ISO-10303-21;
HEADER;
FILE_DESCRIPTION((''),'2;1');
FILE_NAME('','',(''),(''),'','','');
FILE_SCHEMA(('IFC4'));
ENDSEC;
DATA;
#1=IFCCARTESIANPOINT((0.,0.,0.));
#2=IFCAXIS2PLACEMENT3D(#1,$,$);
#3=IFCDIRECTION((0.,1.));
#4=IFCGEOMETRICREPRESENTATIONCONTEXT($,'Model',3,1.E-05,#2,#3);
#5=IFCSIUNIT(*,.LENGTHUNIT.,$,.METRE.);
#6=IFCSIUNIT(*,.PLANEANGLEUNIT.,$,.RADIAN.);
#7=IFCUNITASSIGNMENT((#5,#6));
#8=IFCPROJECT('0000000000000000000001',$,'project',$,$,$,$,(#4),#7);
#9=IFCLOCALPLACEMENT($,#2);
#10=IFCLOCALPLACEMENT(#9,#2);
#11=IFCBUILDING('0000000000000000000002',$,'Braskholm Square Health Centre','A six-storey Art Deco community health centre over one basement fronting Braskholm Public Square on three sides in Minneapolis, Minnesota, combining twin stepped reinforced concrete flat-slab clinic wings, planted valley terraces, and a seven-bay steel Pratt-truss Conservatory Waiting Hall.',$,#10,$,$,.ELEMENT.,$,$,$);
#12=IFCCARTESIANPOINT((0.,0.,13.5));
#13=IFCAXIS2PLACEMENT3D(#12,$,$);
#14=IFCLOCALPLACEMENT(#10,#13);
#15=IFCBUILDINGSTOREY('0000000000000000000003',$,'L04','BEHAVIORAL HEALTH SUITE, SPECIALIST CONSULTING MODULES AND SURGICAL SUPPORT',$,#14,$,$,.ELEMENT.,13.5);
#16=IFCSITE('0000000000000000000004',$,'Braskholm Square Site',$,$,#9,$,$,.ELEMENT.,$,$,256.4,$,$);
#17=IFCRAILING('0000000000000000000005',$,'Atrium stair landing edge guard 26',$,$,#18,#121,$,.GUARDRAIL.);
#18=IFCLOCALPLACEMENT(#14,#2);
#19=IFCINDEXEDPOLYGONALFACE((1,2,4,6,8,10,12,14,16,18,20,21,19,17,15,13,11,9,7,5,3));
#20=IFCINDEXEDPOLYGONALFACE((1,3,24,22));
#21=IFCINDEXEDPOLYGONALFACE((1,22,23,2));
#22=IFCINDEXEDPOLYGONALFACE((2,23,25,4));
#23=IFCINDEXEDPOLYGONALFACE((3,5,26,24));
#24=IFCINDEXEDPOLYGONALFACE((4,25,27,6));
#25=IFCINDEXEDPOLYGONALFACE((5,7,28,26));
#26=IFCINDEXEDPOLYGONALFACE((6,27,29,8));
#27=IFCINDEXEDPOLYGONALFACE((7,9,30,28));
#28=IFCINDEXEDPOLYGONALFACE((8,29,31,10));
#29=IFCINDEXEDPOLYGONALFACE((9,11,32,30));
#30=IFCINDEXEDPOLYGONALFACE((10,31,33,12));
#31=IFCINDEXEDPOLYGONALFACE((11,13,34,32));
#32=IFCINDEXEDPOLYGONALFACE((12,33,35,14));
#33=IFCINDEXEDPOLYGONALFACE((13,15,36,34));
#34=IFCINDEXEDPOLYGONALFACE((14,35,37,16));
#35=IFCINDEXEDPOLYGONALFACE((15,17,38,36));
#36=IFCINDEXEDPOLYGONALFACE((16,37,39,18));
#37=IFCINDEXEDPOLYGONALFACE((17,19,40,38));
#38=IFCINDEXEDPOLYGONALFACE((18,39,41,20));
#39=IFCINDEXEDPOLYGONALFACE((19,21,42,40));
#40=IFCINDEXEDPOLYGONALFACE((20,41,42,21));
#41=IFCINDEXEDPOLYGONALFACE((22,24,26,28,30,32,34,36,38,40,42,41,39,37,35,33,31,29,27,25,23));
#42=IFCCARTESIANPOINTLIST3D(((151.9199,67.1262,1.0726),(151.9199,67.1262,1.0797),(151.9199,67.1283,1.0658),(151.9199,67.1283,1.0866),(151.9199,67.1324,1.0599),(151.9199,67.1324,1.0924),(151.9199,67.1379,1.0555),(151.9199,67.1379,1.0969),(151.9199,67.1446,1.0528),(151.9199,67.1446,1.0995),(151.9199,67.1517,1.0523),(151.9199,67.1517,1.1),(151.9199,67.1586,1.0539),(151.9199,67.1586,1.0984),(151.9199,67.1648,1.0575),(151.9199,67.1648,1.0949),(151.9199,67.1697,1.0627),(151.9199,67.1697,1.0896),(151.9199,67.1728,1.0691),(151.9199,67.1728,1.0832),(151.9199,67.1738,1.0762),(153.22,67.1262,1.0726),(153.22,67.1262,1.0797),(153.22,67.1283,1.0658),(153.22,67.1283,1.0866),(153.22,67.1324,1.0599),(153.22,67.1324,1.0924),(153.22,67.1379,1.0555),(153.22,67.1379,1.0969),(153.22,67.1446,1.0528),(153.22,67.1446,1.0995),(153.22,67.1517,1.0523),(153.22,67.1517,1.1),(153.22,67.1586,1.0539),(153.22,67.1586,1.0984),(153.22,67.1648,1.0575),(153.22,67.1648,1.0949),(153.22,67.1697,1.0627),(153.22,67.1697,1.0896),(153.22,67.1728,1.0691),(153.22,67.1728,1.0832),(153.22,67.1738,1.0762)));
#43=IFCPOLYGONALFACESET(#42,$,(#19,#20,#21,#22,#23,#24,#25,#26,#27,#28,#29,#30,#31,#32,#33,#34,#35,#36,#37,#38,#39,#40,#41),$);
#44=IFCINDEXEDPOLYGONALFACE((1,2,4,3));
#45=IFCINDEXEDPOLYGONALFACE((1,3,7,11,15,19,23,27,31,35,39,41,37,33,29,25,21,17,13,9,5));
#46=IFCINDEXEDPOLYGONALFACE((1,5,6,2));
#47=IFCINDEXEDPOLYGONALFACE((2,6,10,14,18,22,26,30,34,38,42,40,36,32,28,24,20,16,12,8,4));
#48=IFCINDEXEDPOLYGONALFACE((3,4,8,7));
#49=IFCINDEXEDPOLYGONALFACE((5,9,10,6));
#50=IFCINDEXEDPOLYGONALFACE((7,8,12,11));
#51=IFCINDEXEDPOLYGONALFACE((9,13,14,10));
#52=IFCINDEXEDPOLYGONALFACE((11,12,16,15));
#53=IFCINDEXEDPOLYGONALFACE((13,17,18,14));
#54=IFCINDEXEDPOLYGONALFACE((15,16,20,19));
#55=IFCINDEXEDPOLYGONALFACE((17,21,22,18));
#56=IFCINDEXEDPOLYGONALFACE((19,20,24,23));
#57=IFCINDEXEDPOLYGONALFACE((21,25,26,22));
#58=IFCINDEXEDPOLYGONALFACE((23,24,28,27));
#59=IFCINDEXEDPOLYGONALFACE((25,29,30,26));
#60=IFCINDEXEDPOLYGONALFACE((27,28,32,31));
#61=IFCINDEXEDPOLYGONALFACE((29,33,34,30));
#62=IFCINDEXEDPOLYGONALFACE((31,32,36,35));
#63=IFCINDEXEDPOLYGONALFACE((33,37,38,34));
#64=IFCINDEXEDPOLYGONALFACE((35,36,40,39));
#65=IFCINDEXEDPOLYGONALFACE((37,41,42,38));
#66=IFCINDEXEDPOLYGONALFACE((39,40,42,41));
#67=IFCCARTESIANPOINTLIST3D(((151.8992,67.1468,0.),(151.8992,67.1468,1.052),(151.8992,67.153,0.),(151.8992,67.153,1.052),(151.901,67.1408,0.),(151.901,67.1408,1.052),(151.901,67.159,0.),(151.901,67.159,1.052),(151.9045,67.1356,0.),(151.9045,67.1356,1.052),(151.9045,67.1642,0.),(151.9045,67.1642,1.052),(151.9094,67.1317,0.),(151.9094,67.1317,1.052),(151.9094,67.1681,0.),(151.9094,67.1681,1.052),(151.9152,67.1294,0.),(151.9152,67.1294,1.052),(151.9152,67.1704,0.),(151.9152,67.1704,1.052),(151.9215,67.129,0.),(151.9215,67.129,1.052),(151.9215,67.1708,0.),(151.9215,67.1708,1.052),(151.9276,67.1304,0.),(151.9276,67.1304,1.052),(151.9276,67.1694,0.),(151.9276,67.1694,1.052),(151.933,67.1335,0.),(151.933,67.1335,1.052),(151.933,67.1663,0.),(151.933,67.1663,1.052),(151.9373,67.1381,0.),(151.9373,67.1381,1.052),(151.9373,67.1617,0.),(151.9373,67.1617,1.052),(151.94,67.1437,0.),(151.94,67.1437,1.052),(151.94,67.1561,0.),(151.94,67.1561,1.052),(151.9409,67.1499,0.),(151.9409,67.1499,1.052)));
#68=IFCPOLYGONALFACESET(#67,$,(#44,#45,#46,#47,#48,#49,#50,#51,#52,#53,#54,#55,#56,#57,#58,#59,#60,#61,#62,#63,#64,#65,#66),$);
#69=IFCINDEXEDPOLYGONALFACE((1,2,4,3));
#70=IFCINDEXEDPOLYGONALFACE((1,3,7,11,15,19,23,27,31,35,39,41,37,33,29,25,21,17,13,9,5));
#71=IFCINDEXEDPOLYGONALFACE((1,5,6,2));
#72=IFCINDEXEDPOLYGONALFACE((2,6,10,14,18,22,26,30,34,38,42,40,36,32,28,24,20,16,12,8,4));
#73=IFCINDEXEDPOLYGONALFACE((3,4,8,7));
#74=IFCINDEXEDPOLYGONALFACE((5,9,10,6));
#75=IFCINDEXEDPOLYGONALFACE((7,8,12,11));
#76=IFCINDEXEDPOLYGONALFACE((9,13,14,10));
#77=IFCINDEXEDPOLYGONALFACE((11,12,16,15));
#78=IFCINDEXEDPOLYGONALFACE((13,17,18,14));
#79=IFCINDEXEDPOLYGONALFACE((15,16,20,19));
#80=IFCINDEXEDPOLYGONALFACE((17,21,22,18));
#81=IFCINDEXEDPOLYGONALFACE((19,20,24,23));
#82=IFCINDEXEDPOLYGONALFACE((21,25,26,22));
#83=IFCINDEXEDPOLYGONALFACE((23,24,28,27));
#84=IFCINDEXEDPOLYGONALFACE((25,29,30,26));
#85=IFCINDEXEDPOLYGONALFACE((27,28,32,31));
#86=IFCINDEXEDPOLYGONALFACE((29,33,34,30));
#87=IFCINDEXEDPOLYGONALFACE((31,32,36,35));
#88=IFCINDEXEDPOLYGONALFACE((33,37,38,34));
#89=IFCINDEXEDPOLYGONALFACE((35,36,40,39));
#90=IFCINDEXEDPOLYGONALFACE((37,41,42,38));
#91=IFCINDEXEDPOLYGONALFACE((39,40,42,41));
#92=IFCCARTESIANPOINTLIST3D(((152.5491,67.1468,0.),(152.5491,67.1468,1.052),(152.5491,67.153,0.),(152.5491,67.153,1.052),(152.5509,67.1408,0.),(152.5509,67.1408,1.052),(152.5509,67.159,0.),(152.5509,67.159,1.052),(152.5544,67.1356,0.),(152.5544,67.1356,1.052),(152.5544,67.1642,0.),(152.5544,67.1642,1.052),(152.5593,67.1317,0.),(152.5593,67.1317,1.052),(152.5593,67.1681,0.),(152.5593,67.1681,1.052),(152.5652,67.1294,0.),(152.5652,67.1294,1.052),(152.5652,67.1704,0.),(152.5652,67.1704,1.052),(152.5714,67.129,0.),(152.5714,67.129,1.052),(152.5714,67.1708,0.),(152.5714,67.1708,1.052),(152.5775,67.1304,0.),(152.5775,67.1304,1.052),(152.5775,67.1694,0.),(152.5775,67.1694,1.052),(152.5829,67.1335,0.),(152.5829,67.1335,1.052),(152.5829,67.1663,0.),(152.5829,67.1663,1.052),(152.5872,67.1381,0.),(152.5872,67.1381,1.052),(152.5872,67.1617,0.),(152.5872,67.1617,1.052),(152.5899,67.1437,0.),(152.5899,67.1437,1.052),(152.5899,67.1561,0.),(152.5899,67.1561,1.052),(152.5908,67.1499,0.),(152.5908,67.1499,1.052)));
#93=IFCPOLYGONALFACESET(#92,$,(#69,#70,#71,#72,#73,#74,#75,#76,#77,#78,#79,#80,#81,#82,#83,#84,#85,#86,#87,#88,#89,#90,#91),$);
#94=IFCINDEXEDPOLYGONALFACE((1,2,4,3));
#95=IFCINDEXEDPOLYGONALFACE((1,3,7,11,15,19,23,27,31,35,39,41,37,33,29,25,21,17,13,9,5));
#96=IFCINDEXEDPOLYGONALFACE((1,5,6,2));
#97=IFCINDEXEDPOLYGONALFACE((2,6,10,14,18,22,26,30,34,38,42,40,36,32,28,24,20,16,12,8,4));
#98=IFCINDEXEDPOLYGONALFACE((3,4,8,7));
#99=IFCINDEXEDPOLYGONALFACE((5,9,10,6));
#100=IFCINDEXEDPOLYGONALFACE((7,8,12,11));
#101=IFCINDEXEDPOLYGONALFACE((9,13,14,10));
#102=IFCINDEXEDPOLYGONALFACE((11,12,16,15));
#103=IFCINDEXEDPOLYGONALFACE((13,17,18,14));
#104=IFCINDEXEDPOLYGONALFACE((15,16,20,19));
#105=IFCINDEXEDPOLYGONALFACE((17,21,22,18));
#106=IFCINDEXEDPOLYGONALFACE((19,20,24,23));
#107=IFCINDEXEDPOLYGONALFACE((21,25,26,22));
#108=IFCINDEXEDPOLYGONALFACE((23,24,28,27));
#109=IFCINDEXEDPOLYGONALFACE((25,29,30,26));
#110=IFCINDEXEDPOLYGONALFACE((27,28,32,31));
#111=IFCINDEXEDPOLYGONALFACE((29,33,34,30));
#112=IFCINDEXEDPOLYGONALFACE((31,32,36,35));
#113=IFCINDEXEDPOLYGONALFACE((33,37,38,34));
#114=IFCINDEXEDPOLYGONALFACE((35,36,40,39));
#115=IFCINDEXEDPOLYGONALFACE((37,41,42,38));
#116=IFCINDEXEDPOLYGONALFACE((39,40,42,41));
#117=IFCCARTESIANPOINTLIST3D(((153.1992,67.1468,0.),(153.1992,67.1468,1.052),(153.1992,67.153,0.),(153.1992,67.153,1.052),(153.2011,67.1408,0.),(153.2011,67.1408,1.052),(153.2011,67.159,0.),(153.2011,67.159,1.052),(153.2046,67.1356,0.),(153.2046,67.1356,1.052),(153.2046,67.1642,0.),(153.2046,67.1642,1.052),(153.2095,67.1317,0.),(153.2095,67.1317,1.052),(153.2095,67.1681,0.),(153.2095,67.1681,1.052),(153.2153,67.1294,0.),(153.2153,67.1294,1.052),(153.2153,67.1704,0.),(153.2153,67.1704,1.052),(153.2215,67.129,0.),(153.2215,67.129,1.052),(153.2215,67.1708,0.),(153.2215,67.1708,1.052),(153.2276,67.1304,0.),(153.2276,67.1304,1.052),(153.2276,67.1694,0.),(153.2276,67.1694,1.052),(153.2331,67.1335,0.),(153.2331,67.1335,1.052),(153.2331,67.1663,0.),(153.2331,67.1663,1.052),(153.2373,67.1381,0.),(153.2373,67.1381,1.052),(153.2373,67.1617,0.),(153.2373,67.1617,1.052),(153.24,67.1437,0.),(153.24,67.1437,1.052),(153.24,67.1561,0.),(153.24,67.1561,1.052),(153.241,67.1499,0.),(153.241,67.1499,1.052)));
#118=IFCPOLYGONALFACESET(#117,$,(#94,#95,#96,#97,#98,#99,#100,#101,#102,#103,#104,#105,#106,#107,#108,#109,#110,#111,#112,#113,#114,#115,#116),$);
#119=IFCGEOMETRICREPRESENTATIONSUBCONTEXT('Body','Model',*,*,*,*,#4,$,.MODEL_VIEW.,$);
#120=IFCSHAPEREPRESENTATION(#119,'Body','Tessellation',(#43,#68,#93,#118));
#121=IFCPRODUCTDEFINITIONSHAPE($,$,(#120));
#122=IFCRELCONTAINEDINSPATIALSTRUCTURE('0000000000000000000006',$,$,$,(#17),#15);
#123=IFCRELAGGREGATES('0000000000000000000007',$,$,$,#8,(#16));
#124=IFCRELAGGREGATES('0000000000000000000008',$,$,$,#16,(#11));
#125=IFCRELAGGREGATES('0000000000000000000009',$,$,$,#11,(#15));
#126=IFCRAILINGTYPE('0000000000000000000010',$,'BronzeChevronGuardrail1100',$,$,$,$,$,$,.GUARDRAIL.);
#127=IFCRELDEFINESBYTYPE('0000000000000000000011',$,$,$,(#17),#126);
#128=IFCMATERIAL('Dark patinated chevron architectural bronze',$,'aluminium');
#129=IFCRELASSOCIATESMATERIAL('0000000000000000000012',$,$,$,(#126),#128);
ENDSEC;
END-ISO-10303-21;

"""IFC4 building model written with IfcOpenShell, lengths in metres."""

from ifc_helpers import new_model, si_unit, direction, frame, origin, origin_2d, place, context, subcontext, project, spatial, circle, extrude, material, type_object, element, save


model = new_model("IFC4")

# Units and contexts
model_context = context("Model", 3, precision=1e-05, world=origin(), true_north=direction((0.0, 1.0)))
body_context = subcontext(model_context, "Body", "Model", "MODEL_VIEW")
ifc_project = project(units=[si_unit("LENGTHUNIT", "METRE"), si_unit("PLANEANGLEUNIT", "RADIAN")], contexts=[model_context])

# Site, building, storey
site_placement = place(None, origin())
site = spatial("IfcSite", under=ifc_project, at=site_placement, Name="Braskholm Square Site", CompositionType="ELEMENT", RefElevation=256.4)
building_placement = place(site_placement, origin())
building = spatial("IfcBuilding", under=site, at=building_placement, Name="Braskholm Square Health Centre", Description="A six-storey Art Deco community health centre over one basement fronting Braskholm Public Square on three sides in Minneapolis, Minnesota, combining twin stepped reinforced concrete flat-slab clinic wings, planted valley terraces, and a seven-bay steel Pratt-truss Conservatory Waiting Hall.", CompositionType="ELEMENT")
storey_placement = place(building_placement, frame((0.0, 0.0, 13.5)))
storey = spatial("IfcBuildingStorey", under=building, at=storey_placement, Name="L04", Description="BEHAVIORAL HEALTH SUITE, SPECIALIST CONSULTING MODULES AND SURGICAL SUPPORT", CompositionType="ELEMENT", Elevation=13.5)

# Railing
ifc_material_1 = material(Name="Dark patinated chevron architectural bronze", Category="aluminium")
railing_type_1 = type_object("IfcRailingType", Name="BronzeChevronGuardrail1100", PredefinedType="GUARDRAIL", material=ifc_material_1)
for number, where, name in (
    (1, (151.9199, 67.1499, 0.0), "Atrium stair landing edge guard 26"),
):
    element("IfcRailing", number, at=place(storey_placement, frame(where)), inside=storey, type_object=railing_type_1, Name=name, PredefinedType="GUARDRAIL", context=body_context, shape_type="SweptSolid", body=[
        extrude(circle(Radius=0.0239, at=origin_2d()), frame((0.0, 0.0, 1.0762), z_axis=(1.0, 0.0, 0.0), x_axis=(0.0, 1.0, 0.0)), (0.0, 0.0, 1.0), 1.3),
        extrude(circle(Radius=0.021, at=origin_2d()), origin(), (0.0, 0.0, 1.0), 1.052),
        extrude(circle(Radius=0.021, at=origin_2d()), frame((0.6499, 0.0, 0.0)), (0.0, 0.0, 1.0), 1.052),
        extrude(circle(Radius=0.021, at=origin_2d()), frame((1.3, 0.0, 0.0)), (0.0, 0.0, 1.0), 1.052),
    ])

save(model, "model.ifc")
